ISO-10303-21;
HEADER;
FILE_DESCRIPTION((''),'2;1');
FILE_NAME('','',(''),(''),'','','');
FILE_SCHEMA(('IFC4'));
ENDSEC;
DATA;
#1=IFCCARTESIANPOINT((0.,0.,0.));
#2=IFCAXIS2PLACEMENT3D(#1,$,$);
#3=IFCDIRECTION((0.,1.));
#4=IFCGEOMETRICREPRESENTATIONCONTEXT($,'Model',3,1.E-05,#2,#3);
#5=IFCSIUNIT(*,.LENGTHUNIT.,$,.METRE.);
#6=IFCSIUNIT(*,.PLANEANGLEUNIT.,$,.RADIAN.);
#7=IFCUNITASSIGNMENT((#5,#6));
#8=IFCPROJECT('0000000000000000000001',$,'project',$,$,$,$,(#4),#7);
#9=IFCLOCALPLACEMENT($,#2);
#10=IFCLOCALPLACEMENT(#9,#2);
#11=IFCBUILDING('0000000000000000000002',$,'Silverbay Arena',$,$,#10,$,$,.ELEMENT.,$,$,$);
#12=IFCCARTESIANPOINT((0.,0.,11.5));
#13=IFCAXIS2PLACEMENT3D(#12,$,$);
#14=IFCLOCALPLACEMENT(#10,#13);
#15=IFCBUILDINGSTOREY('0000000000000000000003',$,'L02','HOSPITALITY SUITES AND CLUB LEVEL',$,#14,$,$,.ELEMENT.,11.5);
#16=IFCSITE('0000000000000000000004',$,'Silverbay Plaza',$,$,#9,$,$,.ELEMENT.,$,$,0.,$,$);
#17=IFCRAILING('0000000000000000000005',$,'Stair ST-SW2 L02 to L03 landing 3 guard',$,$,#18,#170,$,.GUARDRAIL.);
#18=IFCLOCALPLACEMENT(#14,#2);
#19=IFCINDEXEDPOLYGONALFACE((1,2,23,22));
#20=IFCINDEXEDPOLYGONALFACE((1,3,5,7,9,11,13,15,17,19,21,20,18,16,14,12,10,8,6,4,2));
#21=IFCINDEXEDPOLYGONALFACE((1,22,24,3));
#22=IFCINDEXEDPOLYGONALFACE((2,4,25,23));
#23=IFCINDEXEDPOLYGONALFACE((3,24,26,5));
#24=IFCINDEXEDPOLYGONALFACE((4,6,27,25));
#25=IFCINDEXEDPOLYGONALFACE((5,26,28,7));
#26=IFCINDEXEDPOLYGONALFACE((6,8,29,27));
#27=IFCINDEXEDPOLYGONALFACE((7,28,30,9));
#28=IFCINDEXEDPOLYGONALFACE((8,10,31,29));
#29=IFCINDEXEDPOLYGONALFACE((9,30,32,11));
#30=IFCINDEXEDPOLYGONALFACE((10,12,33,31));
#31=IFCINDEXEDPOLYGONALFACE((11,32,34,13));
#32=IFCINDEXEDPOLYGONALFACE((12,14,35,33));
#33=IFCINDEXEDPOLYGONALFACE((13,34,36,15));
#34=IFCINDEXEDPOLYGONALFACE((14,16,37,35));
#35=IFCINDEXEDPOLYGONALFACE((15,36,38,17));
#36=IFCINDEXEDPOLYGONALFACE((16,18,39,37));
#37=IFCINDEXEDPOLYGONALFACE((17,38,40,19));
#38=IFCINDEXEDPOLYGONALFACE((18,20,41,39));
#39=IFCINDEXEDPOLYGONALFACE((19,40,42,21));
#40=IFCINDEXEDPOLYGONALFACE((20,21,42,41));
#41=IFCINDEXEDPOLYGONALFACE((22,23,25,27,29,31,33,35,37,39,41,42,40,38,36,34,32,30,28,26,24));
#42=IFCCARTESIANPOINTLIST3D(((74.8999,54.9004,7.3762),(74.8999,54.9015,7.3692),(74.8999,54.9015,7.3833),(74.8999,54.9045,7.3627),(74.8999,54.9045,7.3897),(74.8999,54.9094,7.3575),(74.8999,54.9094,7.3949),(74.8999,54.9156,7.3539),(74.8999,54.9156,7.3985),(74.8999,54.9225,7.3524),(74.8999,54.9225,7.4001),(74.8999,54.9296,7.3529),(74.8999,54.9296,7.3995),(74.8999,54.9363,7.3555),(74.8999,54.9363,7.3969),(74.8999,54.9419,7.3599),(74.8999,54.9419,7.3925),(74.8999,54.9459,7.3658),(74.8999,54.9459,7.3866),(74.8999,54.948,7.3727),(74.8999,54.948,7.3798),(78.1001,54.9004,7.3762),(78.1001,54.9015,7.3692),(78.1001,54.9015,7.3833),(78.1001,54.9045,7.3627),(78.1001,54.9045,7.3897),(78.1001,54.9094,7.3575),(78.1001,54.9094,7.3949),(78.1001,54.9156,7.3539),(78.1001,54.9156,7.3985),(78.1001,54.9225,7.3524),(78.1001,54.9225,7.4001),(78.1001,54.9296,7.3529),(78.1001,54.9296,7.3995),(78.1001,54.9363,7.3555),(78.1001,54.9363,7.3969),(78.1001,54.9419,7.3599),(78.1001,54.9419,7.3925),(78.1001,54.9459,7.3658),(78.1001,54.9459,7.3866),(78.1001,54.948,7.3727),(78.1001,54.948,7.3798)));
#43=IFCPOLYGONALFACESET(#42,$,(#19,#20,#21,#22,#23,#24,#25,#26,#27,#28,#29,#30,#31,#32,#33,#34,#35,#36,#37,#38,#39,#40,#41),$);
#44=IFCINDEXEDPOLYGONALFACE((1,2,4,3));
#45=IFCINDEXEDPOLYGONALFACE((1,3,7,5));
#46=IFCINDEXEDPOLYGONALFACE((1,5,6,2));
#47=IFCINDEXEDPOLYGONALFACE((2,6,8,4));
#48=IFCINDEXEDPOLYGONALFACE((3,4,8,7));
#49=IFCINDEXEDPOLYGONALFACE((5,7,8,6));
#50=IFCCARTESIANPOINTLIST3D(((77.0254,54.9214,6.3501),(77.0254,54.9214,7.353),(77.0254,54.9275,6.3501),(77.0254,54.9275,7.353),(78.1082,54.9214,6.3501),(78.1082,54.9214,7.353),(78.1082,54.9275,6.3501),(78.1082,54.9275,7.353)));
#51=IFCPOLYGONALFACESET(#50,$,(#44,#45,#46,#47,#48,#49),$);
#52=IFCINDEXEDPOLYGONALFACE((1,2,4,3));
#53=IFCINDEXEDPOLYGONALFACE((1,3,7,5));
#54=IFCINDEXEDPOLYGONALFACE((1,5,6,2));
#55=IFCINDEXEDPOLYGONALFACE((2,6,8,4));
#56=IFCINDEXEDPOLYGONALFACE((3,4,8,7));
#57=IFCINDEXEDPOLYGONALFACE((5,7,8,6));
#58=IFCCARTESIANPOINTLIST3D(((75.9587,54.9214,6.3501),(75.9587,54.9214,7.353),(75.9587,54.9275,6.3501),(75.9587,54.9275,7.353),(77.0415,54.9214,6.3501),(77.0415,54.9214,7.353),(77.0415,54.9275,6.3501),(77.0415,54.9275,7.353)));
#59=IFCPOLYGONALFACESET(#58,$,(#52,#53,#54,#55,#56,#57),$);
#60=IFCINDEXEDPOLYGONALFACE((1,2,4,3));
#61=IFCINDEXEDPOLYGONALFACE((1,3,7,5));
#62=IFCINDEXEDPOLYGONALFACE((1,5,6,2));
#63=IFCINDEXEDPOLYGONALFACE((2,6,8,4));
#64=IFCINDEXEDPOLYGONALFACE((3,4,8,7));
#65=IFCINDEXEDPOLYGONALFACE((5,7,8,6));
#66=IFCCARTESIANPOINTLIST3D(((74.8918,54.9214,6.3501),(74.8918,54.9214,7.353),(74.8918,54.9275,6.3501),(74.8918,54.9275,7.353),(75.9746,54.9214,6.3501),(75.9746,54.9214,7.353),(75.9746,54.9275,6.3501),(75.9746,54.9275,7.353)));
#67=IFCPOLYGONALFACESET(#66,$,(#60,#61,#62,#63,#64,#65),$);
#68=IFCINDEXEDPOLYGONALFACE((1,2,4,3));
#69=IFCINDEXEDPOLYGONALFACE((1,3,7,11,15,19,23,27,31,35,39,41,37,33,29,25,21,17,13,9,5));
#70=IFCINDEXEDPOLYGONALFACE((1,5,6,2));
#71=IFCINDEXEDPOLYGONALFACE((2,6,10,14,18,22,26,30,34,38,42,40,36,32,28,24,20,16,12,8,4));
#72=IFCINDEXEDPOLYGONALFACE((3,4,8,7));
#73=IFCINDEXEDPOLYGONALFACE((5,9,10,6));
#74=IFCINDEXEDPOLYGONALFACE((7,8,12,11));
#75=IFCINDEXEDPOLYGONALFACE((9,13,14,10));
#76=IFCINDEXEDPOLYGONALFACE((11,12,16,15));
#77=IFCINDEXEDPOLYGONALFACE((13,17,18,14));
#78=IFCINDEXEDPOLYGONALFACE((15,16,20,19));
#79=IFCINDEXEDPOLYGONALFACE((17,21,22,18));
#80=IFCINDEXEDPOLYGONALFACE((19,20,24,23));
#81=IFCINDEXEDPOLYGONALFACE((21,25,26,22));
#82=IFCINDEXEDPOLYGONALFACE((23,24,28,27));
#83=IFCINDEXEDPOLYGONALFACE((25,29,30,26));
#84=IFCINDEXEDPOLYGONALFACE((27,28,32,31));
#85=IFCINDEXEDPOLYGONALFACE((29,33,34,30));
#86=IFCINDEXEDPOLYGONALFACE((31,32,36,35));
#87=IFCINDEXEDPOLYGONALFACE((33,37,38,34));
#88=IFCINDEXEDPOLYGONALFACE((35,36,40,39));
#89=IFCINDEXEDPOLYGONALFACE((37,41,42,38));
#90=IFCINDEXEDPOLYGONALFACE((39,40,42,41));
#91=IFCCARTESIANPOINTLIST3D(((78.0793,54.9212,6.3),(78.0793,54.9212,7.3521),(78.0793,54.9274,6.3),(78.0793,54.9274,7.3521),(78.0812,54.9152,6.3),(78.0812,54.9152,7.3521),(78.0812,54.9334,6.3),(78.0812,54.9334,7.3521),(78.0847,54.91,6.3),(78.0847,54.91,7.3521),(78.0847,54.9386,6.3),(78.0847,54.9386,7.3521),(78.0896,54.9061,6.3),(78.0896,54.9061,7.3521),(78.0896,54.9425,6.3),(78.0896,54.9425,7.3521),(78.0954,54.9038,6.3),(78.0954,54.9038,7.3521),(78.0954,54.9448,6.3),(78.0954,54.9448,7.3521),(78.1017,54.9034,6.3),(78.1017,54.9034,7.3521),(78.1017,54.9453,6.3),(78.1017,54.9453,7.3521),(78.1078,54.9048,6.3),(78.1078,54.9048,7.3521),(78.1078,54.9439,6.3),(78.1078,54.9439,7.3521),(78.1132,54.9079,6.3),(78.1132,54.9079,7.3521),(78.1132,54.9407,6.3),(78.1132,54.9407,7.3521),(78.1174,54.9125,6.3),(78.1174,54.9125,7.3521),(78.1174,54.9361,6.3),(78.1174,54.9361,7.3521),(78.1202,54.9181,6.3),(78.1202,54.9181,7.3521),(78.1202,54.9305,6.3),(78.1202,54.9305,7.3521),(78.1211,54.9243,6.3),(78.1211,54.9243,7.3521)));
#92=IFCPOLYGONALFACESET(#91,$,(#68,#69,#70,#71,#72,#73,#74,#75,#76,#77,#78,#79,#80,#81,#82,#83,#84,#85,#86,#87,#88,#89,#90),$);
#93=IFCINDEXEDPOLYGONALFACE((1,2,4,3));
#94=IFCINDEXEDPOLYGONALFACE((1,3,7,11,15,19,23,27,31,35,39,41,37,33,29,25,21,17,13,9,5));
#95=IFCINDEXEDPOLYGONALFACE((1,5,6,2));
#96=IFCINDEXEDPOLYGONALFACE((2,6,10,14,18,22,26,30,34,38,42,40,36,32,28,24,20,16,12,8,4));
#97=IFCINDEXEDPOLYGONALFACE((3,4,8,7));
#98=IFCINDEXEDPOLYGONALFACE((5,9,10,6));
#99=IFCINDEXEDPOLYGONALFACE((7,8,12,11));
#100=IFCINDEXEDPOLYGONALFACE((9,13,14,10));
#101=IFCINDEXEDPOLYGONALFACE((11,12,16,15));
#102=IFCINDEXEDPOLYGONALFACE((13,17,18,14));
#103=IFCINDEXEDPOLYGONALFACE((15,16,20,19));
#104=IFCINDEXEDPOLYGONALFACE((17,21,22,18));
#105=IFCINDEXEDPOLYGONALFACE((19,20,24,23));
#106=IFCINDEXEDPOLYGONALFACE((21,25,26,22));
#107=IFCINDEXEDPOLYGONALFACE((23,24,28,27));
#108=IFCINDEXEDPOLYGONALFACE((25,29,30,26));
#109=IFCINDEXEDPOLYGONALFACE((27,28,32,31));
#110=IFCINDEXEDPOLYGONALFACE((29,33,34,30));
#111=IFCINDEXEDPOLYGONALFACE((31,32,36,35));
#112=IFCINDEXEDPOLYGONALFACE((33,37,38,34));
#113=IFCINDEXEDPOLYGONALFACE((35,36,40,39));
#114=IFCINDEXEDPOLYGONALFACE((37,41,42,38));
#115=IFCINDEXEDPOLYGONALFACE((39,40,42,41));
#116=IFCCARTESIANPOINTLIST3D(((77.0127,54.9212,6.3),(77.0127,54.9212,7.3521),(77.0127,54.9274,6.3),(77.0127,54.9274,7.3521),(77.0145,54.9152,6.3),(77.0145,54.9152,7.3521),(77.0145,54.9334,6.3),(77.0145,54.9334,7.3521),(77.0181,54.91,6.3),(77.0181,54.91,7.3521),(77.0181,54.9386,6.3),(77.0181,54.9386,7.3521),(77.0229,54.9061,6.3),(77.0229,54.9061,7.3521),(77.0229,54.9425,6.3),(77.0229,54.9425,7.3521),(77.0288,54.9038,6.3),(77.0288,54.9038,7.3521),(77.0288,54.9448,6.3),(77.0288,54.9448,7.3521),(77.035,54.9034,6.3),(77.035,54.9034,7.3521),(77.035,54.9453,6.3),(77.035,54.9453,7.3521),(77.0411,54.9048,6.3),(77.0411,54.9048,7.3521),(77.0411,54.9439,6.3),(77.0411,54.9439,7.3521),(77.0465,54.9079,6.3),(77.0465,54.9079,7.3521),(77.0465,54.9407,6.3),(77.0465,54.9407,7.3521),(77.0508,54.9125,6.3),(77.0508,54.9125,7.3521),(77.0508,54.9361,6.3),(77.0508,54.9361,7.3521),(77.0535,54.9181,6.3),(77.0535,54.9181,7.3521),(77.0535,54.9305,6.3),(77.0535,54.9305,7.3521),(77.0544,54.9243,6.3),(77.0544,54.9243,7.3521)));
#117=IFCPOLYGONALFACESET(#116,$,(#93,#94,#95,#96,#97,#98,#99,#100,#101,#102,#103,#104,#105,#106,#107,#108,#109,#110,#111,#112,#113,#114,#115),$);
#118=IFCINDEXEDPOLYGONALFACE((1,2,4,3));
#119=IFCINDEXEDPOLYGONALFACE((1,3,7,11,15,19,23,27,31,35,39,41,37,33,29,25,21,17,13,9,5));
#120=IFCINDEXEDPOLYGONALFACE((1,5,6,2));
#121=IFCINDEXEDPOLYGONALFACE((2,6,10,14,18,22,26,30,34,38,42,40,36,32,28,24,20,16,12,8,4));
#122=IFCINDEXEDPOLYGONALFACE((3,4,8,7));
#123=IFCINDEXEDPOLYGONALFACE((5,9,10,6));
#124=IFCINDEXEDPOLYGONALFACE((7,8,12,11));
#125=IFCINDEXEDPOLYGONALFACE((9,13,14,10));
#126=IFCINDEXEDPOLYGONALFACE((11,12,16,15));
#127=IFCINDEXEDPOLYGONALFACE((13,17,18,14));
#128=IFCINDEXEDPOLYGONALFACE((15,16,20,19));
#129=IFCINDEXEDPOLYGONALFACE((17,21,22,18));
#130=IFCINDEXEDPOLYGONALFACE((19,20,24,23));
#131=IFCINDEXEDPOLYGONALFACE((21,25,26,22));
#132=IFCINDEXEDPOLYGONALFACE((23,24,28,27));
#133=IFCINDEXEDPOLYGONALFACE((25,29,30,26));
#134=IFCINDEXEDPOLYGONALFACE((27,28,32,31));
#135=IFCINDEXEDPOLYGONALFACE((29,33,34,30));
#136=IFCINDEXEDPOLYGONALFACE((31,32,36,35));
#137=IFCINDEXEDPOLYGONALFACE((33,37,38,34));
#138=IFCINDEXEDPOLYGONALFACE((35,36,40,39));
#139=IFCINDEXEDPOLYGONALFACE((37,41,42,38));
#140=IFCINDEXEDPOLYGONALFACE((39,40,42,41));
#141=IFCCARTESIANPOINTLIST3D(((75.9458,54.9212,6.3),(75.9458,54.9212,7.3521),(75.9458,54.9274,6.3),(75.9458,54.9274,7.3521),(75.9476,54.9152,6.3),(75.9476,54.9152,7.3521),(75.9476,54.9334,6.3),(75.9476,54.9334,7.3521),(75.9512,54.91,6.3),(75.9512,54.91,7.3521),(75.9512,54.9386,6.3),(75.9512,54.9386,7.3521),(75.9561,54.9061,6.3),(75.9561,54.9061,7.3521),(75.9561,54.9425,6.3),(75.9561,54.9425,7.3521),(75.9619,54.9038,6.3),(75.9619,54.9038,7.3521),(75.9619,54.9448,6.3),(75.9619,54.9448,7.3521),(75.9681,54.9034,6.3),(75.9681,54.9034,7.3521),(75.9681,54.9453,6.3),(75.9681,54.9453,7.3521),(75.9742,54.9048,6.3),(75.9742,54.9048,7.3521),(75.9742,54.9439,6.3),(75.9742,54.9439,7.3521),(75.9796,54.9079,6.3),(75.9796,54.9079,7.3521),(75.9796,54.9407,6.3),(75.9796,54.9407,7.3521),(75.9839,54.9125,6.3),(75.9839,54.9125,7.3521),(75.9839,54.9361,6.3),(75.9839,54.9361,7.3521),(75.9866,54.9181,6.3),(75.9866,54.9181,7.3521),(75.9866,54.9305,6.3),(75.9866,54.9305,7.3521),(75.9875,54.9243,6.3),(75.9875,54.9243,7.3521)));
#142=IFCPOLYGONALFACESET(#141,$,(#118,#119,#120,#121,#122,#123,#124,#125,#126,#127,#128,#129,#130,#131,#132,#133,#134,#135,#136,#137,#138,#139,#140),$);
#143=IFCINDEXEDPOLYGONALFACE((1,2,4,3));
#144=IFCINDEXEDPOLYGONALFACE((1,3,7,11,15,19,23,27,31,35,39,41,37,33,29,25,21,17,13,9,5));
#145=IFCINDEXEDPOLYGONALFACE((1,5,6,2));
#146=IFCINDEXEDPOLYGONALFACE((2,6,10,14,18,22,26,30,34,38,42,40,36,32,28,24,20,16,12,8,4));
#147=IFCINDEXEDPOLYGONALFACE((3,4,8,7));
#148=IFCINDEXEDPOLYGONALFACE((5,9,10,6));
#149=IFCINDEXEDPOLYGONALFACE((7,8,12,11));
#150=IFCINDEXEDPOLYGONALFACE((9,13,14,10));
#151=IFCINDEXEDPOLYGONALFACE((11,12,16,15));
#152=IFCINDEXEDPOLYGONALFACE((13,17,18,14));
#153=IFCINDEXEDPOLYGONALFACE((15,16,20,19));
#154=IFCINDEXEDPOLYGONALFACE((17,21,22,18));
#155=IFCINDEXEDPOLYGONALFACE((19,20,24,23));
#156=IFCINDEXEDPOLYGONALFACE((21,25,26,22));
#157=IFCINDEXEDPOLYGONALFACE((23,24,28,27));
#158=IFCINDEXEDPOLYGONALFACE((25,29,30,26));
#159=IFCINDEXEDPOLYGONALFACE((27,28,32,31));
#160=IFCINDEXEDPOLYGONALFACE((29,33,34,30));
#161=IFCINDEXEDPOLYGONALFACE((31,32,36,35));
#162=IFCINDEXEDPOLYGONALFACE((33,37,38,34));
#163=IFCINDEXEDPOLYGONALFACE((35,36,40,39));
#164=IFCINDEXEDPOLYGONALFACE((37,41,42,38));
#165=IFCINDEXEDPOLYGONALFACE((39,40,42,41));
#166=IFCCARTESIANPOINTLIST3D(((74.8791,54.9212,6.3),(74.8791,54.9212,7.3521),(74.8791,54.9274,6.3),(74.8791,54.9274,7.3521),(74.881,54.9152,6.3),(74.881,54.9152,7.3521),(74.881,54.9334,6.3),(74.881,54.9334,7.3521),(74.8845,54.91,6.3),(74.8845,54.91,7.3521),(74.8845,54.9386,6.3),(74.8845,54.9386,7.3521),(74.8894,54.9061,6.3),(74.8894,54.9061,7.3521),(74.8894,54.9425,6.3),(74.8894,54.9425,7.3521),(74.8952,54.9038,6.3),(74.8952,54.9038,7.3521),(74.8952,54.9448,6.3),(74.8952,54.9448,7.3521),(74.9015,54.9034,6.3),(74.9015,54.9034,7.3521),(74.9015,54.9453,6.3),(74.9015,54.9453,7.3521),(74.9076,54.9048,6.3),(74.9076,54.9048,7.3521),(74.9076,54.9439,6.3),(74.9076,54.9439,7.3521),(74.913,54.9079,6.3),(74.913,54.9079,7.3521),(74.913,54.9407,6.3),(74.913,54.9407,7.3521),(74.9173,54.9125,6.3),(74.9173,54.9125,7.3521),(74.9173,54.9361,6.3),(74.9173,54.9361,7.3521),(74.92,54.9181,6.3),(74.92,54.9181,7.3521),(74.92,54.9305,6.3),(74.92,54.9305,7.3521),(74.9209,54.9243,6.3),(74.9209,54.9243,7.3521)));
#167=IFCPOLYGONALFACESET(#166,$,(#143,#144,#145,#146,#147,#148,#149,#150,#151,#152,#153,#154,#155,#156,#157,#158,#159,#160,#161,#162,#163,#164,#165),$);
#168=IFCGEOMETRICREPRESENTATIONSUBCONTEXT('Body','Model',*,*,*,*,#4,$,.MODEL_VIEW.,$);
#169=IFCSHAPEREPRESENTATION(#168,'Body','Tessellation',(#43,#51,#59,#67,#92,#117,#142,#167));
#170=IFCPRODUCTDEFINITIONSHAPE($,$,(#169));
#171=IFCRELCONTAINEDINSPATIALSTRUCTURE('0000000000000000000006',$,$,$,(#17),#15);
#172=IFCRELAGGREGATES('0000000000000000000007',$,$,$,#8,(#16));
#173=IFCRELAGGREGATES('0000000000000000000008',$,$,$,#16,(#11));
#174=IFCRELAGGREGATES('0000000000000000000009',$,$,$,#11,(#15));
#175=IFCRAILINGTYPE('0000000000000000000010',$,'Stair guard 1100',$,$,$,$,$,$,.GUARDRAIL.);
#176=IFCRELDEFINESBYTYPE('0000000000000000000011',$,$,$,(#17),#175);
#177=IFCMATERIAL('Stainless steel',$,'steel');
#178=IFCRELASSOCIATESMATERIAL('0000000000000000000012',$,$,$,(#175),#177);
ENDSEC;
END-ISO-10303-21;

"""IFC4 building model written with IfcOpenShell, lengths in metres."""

from ifc_helpers import new_model, si_unit, direction, frame, origin, origin_2d, place, context, subcontext, project, spatial, polyline, circle, outline, extrude, material, type_object, element, save


model = new_model("IFC4")

# Units and contexts
model_context = context("Model", 3, precision=1e-05, world=origin(), true_north=direction((0.0, 1.0)))
body_context = subcontext(model_context, "Body", "Model", "MODEL_VIEW")
ifc_project = project(units=[si_unit("LENGTHUNIT", "METRE"), si_unit("PLANEANGLEUNIT", "RADIAN")], contexts=[model_context])

# Site, building, storey
site_placement = place(None, origin())
site = spatial("IfcSite", under=ifc_project, at=site_placement, Name="Silverbay Plaza", CompositionType="ELEMENT", RefElevation=0.0)
building_placement = place(site_placement, origin())
building = spatial("IfcBuilding", under=site, at=building_placement, Name="Silverbay Arena", CompositionType="ELEMENT")
storey_placement = place(building_placement, frame((0.0, 0.0, 11.5)))
storey = spatial("IfcBuildingStorey", under=building, at=storey_placement, Name="L02", Description="HOSPITALITY SUITES AND CLUB LEVEL", CompositionType="ELEMENT", Elevation=11.5)

# Railing
ifc_material_1 = material(Name="Stainless steel", Category="steel")
railing_type_1 = type_object("IfcRailingType", Name="Stair guard 1100", PredefinedType="GUARDRAIL", material=ifc_material_1)
for number, where, name in (
    (1, (78.1001, 54.9243, 6.3), "Stair ST-SW2 L02 to L03 landing 3 guard"),
):
    element("IfcRailing", number, at=place(storey_placement, frame(where)), inside=storey, type_object=railing_type_1, Name=name, PredefinedType="GUARDRAIL", context=body_context, shape_type="SweptSolid", body=[
        extrude(circle(Radius=0.0239, at=origin_2d()), frame((0.0, 0.0, 1.0762), z_axis=(-1.0, 0.0, 0.0), x_axis=(0.0, -1.0, 0.0)), (0.0, 0.0, 1.0), 3.2002),
        extrude(outline(polyline([(-0.0081, 0.05), (1.0747, 0.05), (1.0747, 1.053), (-0.0081, 1.053), (-0.0081, 0.05)])), frame((0.0, -0.0029, 0.0), z_axis=(0.0, 1.0, 0.0), x_axis=(-1.0, 0.0, 0.0)), (0.0, 0.0, 1.0), 0.0061),
        extrude(outline(polyline([(-0.0081, 0.05), (1.0747, 0.05), (1.0747, 1.053), (-0.0081, 1.053), (-0.0081, 0.05)])), frame((-1.0667, -0.0029, 0.0), z_axis=(0.0, 1.0, 0.0), x_axis=(-1.0, 0.0, 0.0)), (0.0, 0.0, 1.0), 0.0061),
        extrude(outline(polyline([(-0.0081, 0.05), (1.0747, 0.05), (1.0747, 1.053), (-0.0081, 1.053), (-0.0081, 0.05)])), frame((-2.1335, -0.0029, 0.0), z_axis=(0.0, 1.0, 0.0), x_axis=(-1.0, 0.0, 0.0)), (0.0, 0.0, 1.0), 0.0061),
        extrude(circle(Radius=0.021, at=origin_2d()), origin(), (0.0, 0.0, 1.0), 1.052),
        extrude(circle(Radius=0.021, at=origin_2d()), frame((-1.0667, 0.0, 0.0)), (0.0, 0.0, 1.0), 1.052),
        extrude(circle(Radius=0.021, at=origin_2d()), frame((-2.1335, 0.0, 0.0)), (0.0, 0.0, 1.0), 1.052),
        extrude(circle(Radius=0.021, at=origin_2d()), frame((-3.2002, 0.0, 0.0)), (0.0, 0.0, 1.0), 1.052),
    ])

save(model, "model.ifc")
